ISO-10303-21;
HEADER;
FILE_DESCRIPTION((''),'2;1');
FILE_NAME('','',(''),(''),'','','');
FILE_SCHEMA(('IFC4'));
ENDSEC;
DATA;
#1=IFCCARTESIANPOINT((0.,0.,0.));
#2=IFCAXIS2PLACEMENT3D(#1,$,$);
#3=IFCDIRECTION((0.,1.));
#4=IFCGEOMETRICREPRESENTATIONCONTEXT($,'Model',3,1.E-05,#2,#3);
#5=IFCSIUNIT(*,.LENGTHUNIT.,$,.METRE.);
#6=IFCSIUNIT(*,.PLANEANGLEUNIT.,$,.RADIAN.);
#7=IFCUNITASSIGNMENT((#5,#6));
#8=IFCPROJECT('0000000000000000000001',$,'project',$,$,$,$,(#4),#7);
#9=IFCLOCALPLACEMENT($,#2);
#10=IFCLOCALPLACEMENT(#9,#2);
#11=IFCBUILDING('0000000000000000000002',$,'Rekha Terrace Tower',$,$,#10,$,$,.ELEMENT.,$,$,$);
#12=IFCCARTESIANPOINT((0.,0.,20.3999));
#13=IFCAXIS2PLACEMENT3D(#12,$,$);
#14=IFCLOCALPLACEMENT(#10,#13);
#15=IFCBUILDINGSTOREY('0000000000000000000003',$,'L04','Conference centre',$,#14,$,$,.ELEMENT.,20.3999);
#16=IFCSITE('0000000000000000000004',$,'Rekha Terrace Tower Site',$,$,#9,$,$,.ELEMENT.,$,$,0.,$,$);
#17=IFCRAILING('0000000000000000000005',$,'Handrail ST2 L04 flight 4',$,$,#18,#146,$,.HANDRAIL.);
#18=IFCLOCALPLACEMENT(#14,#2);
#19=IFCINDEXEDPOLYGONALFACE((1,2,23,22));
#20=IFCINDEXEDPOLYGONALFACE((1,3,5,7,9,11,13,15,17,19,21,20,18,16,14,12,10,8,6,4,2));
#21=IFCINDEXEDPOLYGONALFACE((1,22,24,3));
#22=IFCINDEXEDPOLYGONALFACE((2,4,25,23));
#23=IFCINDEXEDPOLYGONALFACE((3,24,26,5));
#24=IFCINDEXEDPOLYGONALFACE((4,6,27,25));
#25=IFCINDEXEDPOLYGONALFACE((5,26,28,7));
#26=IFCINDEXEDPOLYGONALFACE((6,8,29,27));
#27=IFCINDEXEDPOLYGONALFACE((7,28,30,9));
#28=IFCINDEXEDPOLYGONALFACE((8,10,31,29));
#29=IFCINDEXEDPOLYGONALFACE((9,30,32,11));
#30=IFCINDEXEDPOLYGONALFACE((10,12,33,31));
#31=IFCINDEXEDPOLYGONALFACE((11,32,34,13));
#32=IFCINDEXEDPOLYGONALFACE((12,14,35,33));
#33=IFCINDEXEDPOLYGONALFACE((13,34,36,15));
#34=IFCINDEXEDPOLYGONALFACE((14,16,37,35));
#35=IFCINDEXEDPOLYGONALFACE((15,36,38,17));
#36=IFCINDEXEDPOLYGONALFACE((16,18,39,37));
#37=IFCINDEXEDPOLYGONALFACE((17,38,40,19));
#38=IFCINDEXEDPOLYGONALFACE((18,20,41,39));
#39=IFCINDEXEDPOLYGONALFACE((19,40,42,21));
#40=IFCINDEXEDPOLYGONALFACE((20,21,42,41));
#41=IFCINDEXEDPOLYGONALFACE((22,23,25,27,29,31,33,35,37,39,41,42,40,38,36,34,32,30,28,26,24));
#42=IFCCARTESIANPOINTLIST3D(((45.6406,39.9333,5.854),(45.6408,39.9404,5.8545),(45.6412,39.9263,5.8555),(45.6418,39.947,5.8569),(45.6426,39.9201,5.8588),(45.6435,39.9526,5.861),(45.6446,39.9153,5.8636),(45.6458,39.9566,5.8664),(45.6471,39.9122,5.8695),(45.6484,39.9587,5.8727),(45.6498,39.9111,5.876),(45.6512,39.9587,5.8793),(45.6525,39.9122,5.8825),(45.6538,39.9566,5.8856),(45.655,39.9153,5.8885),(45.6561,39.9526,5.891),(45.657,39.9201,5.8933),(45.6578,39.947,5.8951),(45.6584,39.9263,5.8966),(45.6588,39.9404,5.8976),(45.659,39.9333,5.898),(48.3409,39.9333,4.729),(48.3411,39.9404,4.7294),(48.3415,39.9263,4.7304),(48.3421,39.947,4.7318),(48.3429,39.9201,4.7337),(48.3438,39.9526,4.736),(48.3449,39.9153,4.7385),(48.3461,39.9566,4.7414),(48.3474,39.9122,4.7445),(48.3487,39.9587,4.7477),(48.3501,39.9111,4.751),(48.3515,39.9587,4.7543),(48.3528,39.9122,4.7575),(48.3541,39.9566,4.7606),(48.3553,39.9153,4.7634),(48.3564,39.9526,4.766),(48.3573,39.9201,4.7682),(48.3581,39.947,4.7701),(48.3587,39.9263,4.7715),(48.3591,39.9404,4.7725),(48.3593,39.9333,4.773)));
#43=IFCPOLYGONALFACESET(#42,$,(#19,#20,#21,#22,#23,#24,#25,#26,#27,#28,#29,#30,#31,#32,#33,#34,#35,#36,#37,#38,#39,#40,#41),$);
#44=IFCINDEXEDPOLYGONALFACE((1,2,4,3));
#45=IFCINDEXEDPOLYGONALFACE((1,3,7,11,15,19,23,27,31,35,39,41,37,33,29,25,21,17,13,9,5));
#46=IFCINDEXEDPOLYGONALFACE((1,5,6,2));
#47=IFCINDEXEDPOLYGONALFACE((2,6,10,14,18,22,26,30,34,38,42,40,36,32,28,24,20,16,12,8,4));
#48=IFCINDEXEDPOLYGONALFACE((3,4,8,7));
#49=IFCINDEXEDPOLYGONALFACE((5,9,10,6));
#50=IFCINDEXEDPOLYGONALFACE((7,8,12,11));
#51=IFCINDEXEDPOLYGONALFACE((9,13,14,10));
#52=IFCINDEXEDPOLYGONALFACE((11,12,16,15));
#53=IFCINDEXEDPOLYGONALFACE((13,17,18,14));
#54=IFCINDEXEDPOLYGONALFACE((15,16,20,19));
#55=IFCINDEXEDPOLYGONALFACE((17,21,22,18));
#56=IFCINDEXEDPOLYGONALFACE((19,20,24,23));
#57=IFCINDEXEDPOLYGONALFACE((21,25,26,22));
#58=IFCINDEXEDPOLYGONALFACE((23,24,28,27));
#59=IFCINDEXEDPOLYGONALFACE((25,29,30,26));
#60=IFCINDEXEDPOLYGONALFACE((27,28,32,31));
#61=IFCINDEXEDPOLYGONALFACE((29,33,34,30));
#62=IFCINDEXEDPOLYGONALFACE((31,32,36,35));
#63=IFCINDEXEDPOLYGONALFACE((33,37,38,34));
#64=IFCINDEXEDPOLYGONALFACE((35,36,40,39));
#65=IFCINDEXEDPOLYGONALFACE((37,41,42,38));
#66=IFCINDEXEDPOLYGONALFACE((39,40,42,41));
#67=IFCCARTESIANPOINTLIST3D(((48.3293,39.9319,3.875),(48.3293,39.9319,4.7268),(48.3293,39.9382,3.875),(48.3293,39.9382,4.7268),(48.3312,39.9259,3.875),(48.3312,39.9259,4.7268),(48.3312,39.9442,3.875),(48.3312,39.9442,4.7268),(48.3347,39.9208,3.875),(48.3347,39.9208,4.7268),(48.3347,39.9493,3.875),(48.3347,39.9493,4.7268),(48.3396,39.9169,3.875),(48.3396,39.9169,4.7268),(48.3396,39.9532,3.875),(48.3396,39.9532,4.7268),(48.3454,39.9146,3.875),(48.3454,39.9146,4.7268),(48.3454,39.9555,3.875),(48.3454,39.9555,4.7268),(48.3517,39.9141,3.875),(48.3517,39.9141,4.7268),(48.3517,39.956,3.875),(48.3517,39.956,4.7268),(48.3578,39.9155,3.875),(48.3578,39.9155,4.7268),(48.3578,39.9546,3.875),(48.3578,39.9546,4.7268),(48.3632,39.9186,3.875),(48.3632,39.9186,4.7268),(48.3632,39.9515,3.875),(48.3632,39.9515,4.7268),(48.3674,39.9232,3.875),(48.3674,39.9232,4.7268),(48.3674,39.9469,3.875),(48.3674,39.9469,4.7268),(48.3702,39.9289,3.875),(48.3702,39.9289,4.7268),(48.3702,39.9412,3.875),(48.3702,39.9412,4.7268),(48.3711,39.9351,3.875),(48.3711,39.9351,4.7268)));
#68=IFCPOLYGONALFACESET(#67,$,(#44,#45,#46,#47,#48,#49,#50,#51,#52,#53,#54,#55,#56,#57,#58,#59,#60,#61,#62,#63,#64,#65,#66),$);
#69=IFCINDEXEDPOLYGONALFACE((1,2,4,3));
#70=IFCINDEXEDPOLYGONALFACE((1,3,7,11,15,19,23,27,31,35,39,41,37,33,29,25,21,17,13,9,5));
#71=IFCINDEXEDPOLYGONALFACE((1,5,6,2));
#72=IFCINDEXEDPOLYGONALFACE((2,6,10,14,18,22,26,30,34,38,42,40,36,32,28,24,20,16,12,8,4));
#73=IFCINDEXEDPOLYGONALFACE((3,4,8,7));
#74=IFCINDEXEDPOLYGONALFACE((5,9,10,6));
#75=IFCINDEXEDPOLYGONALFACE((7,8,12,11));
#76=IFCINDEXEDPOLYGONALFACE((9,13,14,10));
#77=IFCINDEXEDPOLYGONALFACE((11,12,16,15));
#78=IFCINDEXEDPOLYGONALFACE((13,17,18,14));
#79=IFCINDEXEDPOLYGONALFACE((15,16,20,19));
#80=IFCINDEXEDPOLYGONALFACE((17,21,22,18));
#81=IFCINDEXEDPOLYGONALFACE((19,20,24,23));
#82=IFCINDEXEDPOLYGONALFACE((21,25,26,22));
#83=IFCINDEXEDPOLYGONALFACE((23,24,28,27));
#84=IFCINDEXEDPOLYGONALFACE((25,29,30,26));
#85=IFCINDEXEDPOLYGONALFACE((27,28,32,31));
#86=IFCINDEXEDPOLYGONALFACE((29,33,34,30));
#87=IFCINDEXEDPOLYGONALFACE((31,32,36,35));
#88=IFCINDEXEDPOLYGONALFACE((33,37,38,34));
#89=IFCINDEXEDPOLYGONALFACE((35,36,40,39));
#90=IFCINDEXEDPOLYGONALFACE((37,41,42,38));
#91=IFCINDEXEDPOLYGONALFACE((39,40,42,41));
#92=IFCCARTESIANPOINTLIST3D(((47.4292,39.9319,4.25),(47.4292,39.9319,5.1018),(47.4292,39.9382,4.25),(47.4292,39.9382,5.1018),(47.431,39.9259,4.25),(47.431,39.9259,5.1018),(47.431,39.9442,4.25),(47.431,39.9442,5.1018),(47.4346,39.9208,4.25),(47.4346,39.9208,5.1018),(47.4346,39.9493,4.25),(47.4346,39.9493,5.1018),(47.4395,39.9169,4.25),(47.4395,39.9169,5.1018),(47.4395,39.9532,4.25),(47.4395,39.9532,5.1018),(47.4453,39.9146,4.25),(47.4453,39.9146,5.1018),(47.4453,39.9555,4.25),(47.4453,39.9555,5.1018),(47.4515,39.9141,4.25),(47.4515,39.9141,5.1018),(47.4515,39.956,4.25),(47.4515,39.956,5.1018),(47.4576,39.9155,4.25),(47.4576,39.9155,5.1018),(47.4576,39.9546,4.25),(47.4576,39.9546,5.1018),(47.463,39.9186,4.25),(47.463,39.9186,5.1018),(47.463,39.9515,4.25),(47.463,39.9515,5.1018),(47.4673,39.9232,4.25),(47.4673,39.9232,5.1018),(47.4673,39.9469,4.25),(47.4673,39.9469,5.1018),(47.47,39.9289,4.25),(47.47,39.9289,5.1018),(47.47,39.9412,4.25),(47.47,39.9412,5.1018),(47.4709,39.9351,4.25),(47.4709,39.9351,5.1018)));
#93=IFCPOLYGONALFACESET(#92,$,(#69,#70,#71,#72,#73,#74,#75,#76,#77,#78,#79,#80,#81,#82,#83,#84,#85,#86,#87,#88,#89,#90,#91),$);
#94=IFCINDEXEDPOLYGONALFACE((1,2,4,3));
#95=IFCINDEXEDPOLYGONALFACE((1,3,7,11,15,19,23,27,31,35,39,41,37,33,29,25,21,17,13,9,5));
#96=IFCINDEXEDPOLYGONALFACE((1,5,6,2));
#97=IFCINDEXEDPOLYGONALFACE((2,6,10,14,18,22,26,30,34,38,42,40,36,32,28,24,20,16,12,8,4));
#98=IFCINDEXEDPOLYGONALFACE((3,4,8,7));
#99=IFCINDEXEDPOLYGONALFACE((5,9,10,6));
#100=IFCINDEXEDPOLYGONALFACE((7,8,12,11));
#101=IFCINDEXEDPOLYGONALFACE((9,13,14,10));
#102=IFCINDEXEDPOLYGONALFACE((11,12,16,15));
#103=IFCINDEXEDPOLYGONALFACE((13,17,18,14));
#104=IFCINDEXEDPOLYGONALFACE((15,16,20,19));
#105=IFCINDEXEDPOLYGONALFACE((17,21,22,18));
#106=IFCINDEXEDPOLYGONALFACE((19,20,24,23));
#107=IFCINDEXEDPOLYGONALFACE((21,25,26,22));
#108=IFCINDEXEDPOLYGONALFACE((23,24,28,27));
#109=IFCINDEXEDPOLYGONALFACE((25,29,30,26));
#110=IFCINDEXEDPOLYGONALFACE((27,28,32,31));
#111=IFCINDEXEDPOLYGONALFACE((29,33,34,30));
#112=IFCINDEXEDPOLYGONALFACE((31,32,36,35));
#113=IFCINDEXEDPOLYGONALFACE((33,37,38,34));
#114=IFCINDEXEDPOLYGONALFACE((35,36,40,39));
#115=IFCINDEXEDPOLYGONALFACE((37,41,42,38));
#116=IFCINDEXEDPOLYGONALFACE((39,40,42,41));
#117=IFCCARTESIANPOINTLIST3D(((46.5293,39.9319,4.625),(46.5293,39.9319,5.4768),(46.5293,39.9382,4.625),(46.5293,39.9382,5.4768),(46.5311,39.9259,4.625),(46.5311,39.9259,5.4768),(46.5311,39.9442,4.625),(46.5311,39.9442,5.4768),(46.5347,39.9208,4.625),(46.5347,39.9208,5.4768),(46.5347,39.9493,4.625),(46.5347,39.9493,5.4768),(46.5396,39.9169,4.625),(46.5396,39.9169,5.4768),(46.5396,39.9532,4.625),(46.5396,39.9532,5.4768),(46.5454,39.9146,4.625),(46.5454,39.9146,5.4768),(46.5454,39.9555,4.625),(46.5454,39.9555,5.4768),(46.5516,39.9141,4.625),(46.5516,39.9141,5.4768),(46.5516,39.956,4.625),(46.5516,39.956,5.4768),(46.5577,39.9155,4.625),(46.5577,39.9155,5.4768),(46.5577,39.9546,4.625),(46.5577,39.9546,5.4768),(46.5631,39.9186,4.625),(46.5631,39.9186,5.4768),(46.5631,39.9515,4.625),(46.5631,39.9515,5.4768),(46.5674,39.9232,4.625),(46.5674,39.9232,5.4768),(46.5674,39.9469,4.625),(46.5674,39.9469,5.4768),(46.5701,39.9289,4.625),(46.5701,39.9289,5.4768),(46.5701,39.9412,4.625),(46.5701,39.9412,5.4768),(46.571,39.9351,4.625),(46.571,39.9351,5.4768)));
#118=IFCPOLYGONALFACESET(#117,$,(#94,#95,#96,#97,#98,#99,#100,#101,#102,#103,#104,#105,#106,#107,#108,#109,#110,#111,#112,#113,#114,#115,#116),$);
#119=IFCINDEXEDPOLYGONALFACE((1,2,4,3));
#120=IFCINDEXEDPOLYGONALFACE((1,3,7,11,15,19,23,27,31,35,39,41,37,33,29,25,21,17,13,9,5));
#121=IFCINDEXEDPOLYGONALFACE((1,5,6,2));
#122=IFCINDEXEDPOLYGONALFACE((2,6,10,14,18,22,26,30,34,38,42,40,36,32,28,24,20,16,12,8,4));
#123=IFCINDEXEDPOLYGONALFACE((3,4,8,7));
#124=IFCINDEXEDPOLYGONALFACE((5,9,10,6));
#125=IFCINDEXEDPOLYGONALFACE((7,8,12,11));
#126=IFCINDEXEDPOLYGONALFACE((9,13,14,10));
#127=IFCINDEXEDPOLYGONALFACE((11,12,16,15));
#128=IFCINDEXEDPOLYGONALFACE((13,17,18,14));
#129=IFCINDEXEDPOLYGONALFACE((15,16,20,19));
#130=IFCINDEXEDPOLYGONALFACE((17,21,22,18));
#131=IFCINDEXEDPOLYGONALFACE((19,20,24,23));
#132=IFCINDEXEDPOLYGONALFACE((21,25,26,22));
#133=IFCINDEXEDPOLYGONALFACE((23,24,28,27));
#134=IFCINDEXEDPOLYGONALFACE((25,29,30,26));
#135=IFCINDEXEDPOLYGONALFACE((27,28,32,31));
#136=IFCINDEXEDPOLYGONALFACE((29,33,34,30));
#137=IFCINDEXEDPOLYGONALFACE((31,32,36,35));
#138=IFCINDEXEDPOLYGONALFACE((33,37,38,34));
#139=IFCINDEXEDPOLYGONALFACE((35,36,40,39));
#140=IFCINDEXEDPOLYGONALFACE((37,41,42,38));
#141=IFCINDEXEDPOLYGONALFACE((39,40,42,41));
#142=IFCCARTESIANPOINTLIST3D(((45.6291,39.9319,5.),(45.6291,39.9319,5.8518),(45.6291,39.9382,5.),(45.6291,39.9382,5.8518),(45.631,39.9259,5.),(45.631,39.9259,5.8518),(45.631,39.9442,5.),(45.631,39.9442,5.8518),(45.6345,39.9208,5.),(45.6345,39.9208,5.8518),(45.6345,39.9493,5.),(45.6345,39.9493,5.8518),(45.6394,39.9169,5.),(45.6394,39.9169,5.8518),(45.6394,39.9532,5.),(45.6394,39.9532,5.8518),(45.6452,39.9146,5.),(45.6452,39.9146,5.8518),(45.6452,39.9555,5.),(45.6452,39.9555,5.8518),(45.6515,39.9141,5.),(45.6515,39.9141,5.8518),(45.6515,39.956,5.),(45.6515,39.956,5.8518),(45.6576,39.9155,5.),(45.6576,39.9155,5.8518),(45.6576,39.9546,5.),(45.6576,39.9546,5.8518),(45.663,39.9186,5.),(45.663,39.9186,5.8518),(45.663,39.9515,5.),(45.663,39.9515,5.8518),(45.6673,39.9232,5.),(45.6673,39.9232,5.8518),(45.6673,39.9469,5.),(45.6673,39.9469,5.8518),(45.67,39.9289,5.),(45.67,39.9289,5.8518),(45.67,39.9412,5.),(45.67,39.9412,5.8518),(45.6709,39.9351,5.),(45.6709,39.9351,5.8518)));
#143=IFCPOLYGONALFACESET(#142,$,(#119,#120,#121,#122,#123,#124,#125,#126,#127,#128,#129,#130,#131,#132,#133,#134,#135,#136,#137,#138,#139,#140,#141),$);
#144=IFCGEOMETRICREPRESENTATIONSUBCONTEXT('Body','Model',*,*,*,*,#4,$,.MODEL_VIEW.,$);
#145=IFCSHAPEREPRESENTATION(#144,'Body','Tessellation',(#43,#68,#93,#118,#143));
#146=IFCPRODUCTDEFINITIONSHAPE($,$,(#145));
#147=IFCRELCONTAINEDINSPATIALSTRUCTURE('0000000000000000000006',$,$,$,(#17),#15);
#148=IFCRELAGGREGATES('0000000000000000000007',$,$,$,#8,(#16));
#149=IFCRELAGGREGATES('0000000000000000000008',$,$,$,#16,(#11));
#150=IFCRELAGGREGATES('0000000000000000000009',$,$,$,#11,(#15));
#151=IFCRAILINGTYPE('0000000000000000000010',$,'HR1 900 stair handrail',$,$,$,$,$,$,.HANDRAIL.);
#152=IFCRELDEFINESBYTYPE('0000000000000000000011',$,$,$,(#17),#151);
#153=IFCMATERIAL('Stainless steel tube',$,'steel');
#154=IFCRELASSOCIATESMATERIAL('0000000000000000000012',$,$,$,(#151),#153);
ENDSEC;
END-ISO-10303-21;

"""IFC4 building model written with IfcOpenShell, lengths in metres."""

from ifc_helpers import new_model, si_unit, direction, frame, origin, origin_2d, place, context, subcontext, project, spatial, circle, extrude, material, type_object, element, save


model = new_model("IFC4")

# Units and contexts
model_context = context("Model", 3, precision=1e-05, world=origin(), true_north=direction((0.0, 1.0)))
body_context = subcontext(model_context, "Body", "Model", "MODEL_VIEW")
ifc_project = project(units=[si_unit("LENGTHUNIT", "METRE"), si_unit("PLANEANGLEUNIT", "RADIAN")], contexts=[model_context])

# Site, building, storey
site_placement = place(None, origin())
site = spatial("IfcSite", under=ifc_project, at=site_placement, Name="Rekha Terrace Tower Site", CompositionType="ELEMENT", RefElevation=0.0)
building_placement = place(site_placement, origin())
building = spatial("IfcBuilding", under=site, at=building_placement, Name="Rekha Terrace Tower", CompositionType="ELEMENT")
storey_placement = place(building_placement, frame((0.0, 0.0, 20.3999)))
storey = spatial("IfcBuildingStorey", under=building, at=storey_placement, Name="L04", Description="Conference centre", CompositionType="ELEMENT", Elevation=20.3999)

# Railing
ifc_material_1 = material(Name="Stainless steel tube", Category="steel")
railing_type_1 = type_object("IfcRailingType", Name="HR1 900 stair handrail", PredefinedType="HANDRAIL", material=ifc_material_1)
railing_1_placement = place(storey_placement, frame((48.3501, 39.9351, 3.875)))
element("IfcRailing", 1, at=railing_1_placement, inside=storey, type_object=railing_type_1, Name="Handrail ST2 L04 flight 4", PredefinedType="HANDRAIL", context=body_context, shape_type="SweptSolid", body=[
    extrude(circle(Radius=0.0239, at=origin_2d()), frame((0.0, 0.0, 0.876), z_axis=(-0.923087, 0.0, 0.384592), x_axis=(0.0, -1.0, 0.0)), (0.0, 0.0, 1.0), 2.9253),
    extrude(circle(Radius=0.021, at=origin_2d()), origin(), (0.0, 0.0, 1.0), 0.8518),
    extrude(circle(Radius=0.021, at=origin_2d()), frame((-0.9001, 0.0, 0.375)), (0.0, 0.0, 1.0), 0.8518),
    extrude(circle(Radius=0.021, at=origin_2d()), frame((-1.8, 0.0, 0.75)), (0.0, 0.0, 1.0), 0.8518),
    extrude(circle(Radius=0.021, at=origin_2d()), frame((-2.7002, 0.0, 1.125)), (0.0, 0.0, 1.0), 0.8518),
])

save(model, "model.ifc")
